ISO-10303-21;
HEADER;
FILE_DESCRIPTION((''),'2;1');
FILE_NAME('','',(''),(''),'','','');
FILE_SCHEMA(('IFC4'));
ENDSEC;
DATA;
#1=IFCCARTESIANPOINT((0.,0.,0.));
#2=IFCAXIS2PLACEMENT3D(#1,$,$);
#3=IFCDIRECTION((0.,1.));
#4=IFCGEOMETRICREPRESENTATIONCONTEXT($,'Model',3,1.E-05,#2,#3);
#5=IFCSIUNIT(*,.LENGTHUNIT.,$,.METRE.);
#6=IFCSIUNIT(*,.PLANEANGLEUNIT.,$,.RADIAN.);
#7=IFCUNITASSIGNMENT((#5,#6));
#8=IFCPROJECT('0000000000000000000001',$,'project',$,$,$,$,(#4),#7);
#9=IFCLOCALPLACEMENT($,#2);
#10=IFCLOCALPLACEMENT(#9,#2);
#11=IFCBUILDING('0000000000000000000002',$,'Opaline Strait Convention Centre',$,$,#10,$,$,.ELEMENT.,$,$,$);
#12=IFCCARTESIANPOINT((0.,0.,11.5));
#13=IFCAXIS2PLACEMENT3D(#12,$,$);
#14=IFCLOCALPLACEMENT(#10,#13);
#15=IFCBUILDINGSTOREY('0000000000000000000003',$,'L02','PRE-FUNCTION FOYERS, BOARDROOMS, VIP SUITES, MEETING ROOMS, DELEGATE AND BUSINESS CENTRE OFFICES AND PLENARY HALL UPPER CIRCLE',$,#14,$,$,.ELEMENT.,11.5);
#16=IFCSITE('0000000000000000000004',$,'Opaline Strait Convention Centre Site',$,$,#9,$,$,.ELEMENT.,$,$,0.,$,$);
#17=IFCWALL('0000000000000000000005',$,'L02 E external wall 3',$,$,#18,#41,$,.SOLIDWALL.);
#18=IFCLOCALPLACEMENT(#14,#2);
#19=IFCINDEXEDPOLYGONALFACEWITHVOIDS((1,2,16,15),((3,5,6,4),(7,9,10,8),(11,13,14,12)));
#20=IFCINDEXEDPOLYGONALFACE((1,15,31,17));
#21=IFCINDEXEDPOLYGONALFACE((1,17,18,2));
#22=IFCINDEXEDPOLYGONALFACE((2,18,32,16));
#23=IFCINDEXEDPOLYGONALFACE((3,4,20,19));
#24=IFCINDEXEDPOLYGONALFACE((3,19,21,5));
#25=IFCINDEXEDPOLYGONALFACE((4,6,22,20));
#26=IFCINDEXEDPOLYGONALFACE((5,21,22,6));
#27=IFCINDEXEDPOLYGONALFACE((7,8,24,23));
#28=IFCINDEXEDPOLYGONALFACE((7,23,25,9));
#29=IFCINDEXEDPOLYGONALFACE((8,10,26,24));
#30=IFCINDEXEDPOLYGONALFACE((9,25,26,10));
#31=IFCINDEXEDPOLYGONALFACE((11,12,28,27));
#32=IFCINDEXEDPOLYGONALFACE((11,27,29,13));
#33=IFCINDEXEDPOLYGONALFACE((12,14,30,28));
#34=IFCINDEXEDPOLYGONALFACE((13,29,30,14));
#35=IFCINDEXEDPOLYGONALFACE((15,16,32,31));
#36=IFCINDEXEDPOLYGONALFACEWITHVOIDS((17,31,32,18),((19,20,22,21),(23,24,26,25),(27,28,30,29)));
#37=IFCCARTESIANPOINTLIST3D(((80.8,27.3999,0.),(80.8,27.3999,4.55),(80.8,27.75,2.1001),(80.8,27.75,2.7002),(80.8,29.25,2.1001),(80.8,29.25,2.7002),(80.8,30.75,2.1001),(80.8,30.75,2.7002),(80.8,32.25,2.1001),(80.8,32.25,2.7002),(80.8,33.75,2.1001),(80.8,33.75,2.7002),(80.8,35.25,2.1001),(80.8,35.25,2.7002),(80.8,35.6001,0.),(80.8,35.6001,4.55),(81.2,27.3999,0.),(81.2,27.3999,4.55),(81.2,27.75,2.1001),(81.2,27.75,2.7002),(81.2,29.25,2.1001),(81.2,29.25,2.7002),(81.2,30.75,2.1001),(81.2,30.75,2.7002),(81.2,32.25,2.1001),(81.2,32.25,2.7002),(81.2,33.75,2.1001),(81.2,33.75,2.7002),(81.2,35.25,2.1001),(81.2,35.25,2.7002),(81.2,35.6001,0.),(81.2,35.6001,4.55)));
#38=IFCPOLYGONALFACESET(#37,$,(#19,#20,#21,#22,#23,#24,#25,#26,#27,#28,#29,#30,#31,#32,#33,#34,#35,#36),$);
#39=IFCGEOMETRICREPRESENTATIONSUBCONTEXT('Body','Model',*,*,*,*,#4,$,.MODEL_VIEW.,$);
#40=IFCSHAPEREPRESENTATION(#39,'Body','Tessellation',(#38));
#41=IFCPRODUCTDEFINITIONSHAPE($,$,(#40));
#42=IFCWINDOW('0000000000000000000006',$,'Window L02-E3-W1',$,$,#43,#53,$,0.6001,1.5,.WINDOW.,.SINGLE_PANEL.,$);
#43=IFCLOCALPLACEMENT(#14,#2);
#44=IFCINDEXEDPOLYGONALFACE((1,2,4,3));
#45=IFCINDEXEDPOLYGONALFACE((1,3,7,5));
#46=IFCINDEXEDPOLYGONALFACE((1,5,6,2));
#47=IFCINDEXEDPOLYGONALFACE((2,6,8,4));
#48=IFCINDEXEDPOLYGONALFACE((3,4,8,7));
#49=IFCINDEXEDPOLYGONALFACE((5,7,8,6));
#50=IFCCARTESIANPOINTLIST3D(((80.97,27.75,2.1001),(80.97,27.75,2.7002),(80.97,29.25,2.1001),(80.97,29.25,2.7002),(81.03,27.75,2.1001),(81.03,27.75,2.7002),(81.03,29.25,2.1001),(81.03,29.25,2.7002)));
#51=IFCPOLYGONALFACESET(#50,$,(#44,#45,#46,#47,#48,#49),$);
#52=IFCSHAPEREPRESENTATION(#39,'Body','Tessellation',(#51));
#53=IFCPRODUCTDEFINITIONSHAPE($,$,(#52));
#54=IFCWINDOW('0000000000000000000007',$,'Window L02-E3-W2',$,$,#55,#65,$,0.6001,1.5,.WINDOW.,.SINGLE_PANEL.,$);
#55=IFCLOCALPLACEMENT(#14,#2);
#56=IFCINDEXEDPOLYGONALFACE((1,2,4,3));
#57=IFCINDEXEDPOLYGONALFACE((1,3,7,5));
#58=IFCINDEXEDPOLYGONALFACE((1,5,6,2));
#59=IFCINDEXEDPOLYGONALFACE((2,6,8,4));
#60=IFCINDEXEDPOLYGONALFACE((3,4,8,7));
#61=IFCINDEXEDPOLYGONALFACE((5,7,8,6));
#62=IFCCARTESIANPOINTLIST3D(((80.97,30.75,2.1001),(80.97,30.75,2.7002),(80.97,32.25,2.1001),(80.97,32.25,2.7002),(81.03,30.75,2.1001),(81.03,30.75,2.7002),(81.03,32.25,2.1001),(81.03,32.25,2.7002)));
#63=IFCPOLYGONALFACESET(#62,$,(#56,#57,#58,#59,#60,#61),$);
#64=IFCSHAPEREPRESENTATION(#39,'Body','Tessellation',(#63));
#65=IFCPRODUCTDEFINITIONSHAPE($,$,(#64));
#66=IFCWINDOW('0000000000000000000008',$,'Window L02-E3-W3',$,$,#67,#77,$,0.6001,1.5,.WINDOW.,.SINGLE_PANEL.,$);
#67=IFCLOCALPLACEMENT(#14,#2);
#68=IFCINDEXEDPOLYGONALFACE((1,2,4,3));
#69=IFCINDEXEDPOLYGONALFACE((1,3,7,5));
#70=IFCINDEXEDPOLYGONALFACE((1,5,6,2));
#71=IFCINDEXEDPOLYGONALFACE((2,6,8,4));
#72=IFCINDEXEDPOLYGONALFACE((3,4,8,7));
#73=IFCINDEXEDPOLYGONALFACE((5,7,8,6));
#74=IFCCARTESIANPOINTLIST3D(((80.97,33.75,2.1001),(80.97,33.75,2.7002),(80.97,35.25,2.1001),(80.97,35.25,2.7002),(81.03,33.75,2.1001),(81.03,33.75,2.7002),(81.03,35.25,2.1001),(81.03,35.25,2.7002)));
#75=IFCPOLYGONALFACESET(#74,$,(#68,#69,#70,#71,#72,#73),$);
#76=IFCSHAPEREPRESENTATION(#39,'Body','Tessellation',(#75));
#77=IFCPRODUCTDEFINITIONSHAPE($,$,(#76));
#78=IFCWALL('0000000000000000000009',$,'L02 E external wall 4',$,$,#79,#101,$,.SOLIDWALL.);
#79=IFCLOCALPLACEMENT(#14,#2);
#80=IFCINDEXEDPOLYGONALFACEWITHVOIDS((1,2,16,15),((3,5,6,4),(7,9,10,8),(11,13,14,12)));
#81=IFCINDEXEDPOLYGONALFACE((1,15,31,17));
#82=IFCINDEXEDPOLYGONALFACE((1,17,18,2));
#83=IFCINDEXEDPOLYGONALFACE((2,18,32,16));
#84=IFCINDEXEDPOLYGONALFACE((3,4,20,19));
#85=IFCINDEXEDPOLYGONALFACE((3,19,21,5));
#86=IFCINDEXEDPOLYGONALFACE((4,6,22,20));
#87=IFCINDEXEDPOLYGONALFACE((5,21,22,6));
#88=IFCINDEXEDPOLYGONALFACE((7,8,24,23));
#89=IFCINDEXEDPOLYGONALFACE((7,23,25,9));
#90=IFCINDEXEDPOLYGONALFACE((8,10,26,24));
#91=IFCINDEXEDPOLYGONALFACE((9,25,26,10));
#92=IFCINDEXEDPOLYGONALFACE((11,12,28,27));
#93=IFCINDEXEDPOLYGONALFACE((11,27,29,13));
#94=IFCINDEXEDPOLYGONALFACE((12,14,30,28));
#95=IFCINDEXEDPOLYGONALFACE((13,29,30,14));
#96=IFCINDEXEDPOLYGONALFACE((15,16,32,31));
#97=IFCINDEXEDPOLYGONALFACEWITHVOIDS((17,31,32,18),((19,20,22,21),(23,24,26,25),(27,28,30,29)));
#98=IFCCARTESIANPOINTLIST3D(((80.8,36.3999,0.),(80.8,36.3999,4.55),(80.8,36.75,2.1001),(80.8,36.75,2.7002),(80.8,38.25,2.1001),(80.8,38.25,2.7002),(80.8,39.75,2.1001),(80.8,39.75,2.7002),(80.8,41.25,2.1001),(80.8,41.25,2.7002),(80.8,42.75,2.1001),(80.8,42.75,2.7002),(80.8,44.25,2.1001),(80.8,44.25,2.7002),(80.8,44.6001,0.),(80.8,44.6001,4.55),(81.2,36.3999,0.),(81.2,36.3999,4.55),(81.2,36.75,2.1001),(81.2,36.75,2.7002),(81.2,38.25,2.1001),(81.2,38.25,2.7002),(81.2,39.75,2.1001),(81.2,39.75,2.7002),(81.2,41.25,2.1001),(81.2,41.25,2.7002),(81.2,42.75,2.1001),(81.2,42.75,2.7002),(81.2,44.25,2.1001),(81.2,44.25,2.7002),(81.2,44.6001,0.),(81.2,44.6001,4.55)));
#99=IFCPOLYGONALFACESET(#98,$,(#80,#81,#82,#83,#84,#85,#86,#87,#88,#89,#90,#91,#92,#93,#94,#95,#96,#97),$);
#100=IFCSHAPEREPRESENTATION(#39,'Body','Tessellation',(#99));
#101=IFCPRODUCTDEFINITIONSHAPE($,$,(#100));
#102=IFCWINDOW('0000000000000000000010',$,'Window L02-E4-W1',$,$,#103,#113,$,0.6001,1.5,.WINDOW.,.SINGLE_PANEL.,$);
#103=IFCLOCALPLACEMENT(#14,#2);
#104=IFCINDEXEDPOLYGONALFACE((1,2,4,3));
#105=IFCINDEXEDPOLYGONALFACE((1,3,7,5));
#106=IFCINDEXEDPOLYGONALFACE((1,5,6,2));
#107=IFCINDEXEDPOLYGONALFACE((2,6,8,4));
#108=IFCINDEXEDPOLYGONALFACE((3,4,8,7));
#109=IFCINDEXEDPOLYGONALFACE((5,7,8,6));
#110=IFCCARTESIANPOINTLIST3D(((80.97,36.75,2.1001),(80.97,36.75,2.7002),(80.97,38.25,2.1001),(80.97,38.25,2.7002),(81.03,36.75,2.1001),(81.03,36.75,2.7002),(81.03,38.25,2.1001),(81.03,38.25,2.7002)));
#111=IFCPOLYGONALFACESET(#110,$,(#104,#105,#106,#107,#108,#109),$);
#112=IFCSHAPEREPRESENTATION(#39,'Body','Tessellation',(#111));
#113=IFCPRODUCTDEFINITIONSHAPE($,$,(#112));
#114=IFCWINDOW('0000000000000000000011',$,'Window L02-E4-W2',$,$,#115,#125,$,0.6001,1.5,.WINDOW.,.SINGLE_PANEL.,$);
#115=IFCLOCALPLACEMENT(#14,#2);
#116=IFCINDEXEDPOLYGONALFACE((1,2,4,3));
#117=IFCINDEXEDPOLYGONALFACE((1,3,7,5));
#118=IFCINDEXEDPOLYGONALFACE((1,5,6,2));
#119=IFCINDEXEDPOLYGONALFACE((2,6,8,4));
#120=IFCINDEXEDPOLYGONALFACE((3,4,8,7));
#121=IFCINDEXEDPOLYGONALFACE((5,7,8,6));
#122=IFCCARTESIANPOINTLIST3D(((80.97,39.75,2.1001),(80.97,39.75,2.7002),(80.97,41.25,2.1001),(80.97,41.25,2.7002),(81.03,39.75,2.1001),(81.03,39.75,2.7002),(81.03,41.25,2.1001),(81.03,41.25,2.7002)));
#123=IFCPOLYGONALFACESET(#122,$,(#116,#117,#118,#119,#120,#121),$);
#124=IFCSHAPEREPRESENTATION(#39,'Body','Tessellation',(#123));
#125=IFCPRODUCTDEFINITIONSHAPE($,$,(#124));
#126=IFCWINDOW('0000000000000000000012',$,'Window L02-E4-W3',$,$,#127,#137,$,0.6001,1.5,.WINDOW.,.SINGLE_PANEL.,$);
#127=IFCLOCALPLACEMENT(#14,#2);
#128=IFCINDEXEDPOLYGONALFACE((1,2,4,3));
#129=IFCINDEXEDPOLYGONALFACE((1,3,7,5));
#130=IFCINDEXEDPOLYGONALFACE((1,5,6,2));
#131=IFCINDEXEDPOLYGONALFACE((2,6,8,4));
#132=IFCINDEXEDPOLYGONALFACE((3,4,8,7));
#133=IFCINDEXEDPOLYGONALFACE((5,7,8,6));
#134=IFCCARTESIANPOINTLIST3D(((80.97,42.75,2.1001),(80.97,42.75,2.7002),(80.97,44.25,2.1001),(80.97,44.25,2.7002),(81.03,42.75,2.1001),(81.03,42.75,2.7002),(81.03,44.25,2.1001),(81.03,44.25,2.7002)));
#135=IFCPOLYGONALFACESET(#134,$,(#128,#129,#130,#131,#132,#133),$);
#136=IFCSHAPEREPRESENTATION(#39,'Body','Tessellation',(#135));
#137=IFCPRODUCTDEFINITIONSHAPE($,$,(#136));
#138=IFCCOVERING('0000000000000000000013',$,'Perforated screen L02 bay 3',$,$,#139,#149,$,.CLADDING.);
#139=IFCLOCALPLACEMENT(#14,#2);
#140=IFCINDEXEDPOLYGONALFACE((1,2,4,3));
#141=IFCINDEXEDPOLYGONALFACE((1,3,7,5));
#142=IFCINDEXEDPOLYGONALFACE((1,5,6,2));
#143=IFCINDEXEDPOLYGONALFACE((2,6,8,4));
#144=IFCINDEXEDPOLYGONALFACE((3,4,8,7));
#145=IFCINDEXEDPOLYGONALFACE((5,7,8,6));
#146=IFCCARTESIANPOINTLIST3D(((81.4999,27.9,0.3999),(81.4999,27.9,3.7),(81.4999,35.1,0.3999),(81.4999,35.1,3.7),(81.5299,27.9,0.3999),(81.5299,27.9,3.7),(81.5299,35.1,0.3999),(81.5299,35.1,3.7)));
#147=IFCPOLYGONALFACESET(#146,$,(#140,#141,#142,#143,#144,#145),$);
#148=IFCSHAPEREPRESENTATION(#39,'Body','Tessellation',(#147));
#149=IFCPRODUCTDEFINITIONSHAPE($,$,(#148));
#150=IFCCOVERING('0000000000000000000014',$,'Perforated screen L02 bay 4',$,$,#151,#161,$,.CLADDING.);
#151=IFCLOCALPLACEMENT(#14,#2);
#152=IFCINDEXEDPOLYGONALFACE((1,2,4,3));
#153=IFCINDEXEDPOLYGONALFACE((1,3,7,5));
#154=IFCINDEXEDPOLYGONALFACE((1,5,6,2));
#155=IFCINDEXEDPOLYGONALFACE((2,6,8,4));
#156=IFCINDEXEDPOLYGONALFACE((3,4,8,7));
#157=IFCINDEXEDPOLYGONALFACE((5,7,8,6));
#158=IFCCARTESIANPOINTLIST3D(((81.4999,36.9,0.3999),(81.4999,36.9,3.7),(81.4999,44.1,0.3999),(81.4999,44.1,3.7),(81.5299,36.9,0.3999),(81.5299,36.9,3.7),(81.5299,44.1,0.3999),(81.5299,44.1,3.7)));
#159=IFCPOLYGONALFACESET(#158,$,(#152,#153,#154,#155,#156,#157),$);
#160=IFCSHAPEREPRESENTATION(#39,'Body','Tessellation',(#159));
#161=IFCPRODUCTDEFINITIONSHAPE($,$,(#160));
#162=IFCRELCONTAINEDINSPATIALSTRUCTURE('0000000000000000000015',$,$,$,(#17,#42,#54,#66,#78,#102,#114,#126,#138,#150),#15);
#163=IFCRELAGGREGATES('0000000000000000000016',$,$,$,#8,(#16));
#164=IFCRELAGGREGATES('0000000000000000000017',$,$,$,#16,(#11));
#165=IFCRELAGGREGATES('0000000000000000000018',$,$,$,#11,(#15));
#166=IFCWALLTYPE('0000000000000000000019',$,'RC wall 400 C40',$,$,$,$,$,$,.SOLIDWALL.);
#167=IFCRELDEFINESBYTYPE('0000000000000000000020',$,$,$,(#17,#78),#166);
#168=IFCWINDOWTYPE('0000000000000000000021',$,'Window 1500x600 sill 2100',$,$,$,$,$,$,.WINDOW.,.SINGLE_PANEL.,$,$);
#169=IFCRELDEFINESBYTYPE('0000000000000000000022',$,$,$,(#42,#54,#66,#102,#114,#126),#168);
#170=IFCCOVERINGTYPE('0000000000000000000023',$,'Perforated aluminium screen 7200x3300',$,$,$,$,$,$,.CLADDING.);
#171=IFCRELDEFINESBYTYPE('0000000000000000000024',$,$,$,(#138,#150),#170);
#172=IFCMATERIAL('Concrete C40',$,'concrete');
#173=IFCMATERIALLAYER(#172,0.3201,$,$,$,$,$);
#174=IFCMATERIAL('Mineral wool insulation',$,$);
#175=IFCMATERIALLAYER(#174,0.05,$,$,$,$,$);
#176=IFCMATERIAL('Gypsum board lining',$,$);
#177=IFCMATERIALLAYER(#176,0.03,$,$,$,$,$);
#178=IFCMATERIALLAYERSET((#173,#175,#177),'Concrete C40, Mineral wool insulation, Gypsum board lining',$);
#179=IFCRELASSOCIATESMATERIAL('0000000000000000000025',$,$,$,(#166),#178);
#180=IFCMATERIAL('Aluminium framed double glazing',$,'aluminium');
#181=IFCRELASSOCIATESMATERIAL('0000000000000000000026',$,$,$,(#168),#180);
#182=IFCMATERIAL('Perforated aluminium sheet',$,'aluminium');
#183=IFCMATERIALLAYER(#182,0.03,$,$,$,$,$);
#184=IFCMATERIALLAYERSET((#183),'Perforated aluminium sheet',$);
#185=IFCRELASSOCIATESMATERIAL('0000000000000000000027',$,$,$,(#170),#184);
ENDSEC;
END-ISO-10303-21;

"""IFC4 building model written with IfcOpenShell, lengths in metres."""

from ifc_helpers import new_model, si_unit, direction, frame, frame_2d, origin, origin_2d, place, context, subcontext, project, spatial, rectangle, extrude, material, layer, layer_set, type_object, element, fill, save


model = new_model("IFC4")

# Units and contexts
model_context = context("Model", 3, precision=1e-05, world=origin(), true_north=direction((0.0, 1.0)))
body_context = subcontext(model_context, "Body", "Model", "MODEL_VIEW")
ifc_project = project(units=[si_unit("LENGTHUNIT", "METRE"), si_unit("PLANEANGLEUNIT", "RADIAN")], contexts=[model_context])

# Site, building, storey
site_placement = place(None, origin())
site = spatial("IfcSite", under=ifc_project, at=site_placement, Name="Opaline Strait Convention Centre Site", CompositionType="ELEMENT", RefElevation=0.0)
building_placement = place(site_placement, origin())
building = spatial("IfcBuilding", under=site, at=building_placement, Name="Opaline Strait Convention Centre", CompositionType="ELEMENT")
storey_placement = place(building_placement, frame((0.0, 0.0, 11.5)))
storey = spatial("IfcBuildingStorey", under=building, at=storey_placement, Name="L02", Description="PRE-FUNCTION FOYERS, BOARDROOMS, VIP SUITES, MEETING ROOMS, DELEGATE AND BUSINESS CENTRE OFFICES AND PLENARY HALL UPPER CIRCLE", CompositionType="ELEMENT", Elevation=11.5)

# Shared definitions
ifc_material_1 = material(Name="Concrete C40", Category="concrete")

# Shared definitions
ifc_layer_1 = layer(ifc_material_1, 0.3201)
ifc_material_2 = material(Name="Mineral wool insulation")
ifc_layer_2 = layer(ifc_material_2, 0.05)
ifc_material_3 = material(Name="Gypsum board lining")
ifc_layer_3 = layer(ifc_material_3, 0.03)
ifc_layer_set_1 = layer_set([ifc_layer_1, ifc_layer_2, ifc_layer_3], Name="Concrete C40, Mineral wool insulation, Gypsum board lining")
wall_type = type_object("IfcWallType", Name="RC wall 400 C40", PredefinedType="SOLIDWALL", material=ifc_layer_set_1)

# Walls, openings, windows
wall_1_placement = place(storey_placement, frame((81.0, 27.3999, 0.0), z_axis=(0.0, 0.0, 1.0), x_axis=(0.0, 1.0, 0.0)))
wall_1 = element("IfcWall", 1, at=wall_1_placement, inside=storey, type_object=wall_type, Name="L02 E external wall 3", PredefinedType="SOLIDWALL", context=body_context, shape_type="SweptSolid", body=[
    extrude(rectangle(XDim=8.2002, YDim=0.3999, at=frame_2d((4.1001, 0.0))), origin(), (0.0, 0.0, 1.0), 4.55),
])
opening_1_placement = place(wall_1_placement, frame((0.3501, 0.0, 2.1001)))
opening_1 = element("IfcOpeningElement", 2, at=opening_1_placement, cuts=wall_1, PredefinedType="OPENING", context=body_context, shape_type="SweptSolid", body=[
    extrude(rectangle(XDim=1.5, YDim=0.6001, at=frame_2d((0.75, 0.3))), frame((0.0, 0.21, 0.0), z_axis=(0.0, -1.0, 0.0), x_axis=(1.0, 0.0, 0.0)), (0.0, 0.0, 1.0), 0.4199),
])
opening_2_placement = place(wall_1_placement, frame((3.3501, 0.0, 2.1001)))
opening_2 = element("IfcOpeningElement", 3, at=opening_2_placement, cuts=wall_1, PredefinedType="OPENING", context=body_context, shape_type="SweptSolid", body=[
    extrude(rectangle(XDim=1.5, YDim=0.6001, at=frame_2d((0.75, 0.3))), frame((0.0, 0.21, 0.0), z_axis=(0.0, -1.0, 0.0), x_axis=(1.0, 0.0, 0.0)), (0.0, 0.0, 1.0), 0.4199),
])
opening_3_placement = place(wall_1_placement, frame((6.3501, 0.0, 2.1001)))
opening_3 = element("IfcOpeningElement", 4, at=opening_3_placement, cuts=wall_1, PredefinedType="OPENING", context=body_context, shape_type="SweptSolid", body=[
    extrude(rectangle(XDim=1.5, YDim=0.6001, at=frame_2d((0.75, 0.3))), frame((0.0, 0.21, 0.0), z_axis=(0.0, -1.0, 0.0), x_axis=(1.0, 0.0, 0.0)), (0.0, 0.0, 1.0), 0.4199),
])
ifc_material_4 = material(Name="Aluminium framed double glazing", Category="aluminium")
window_type = type_object("IfcWindowType", Name="Window 1500x600 sill 2100", PartitioningType="SINGLE_PANEL", PredefinedType="WINDOW", material=ifc_material_4)
window_1_placement = place(opening_1_placement, origin())
window_1 = element("IfcWindow", 5, at=window_1_placement, inside=storey, type_object=window_type, Name="Window L02-E3-W1", OverallHeight=0.6001, OverallWidth=1.5, PartitioningType="SINGLE_PANEL", PredefinedType="WINDOW", context=body_context, shape_type="SweptSolid", body=[
    extrude(rectangle(XDim=1.5, YDim=0.6001, at=frame_2d((0.75, 0.3))), frame((0.0, 0.03, 0.0), z_axis=(0.0, -1.0, 0.0), x_axis=(1.0, 0.0, 0.0)), (0.0, 0.0, 1.0), 0.0601),
])
fill(opening_1, window_1)
window_2_placement = place(opening_2_placement, origin())
window_2 = element("IfcWindow", 6, at=window_2_placement, inside=storey, type_object=window_type, Name="Window L02-E3-W2", OverallHeight=0.6001, OverallWidth=1.5, PartitioningType="SINGLE_PANEL", PredefinedType="WINDOW", context=body_context, shape_type="SweptSolid", body=[
    extrude(rectangle(XDim=1.5, YDim=0.6001, at=frame_2d((0.75, 0.3))), frame((0.0, 0.03, 0.0), z_axis=(0.0, -1.0, 0.0), x_axis=(1.0, 0.0, 0.0)), (0.0, 0.0, 1.0), 0.0601),
])
fill(opening_2, window_2)
window_3_placement = place(opening_3_placement, origin())
window_3 = element("IfcWindow", 7, at=window_3_placement, inside=storey, type_object=window_type, Name="Window L02-E3-W3", OverallHeight=0.6001, OverallWidth=1.5, PartitioningType="SINGLE_PANEL", PredefinedType="WINDOW", context=body_context, shape_type="SweptSolid", body=[
    extrude(rectangle(XDim=1.5, YDim=0.6001, at=frame_2d((0.75, 0.3))), frame((0.0, 0.03, 0.0), z_axis=(0.0, -1.0, 0.0), x_axis=(1.0, 0.0, 0.0)), (0.0, 0.0, 1.0), 0.0601),
])
fill(opening_3, window_3)
wall_2_placement = place(storey_placement, frame((81.0, 36.3999, 0.0), z_axis=(0.0, 0.0, 1.0), x_axis=(0.0, 1.0, 0.0)))
wall_2 = element("IfcWall", 8, at=wall_2_placement, inside=storey, type_object=wall_type, Name="L02 E external wall 4", PredefinedType="SOLIDWALL", context=body_context, shape_type="SweptSolid", body=[
    extrude(rectangle(XDim=8.2002, YDim=0.3999, at=frame_2d((4.1001, 0.0))), origin(), (0.0, 0.0, 1.0), 4.55),
])
opening_4_placement = place(wall_2_placement, frame((0.3501, 0.0, 2.1001)))
opening_4 = element("IfcOpeningElement", 9, at=opening_4_placement, cuts=wall_2, PredefinedType="OPENING", context=body_context, shape_type="SweptSolid", body=[
    extrude(rectangle(XDim=1.5, YDim=0.6001, at=frame_2d((0.75, 0.3))), frame((0.0, 0.21, 0.0), z_axis=(0.0, -1.0, 0.0), x_axis=(1.0, 0.0, 0.0)), (0.0, 0.0, 1.0), 0.4199),
])
opening_5_placement = place(wall_2_placement, frame((3.3501, 0.0, 2.1001)))
opening_5 = element("IfcOpeningElement", 10, at=opening_5_placement, cuts=wall_2, PredefinedType="OPENING", context=body_context, shape_type="SweptSolid", body=[
    extrude(rectangle(XDim=1.5, YDim=0.6001, at=frame_2d((0.75, 0.3))), frame((0.0, 0.21, 0.0), z_axis=(0.0, -1.0, 0.0), x_axis=(1.0, 0.0, 0.0)), (0.0, 0.0, 1.0), 0.4199),
])
opening_6_placement = place(wall_2_placement, frame((6.3501, 0.0, 2.1001)))
opening_6 = element("IfcOpeningElement", 11, at=opening_6_placement, cuts=wall_2, PredefinedType="OPENING", context=body_context, shape_type="SweptSolid", body=[
    extrude(rectangle(XDim=1.5, YDim=0.6001, at=frame_2d((0.75, 0.3))), frame((0.0, 0.21, 0.0), z_axis=(0.0, -1.0, 0.0), x_axis=(1.0, 0.0, 0.0)), (0.0, 0.0, 1.0), 0.4199),
])
window_4_placement = place(opening_4_placement, origin())
window_4 = element("IfcWindow", 12, at=window_4_placement, inside=storey, type_object=window_type, Name="Window L02-E4-W1", OverallHeight=0.6001, OverallWidth=1.5, PartitioningType="SINGLE_PANEL", PredefinedType="WINDOW", context=body_context, shape_type="SweptSolid", body=[
    extrude(rectangle(XDim=1.5, YDim=0.6001, at=frame_2d((0.75, 0.3))), frame((0.0, 0.03, 0.0), z_axis=(0.0, -1.0, 0.0), x_axis=(1.0, 0.0, 0.0)), (0.0, 0.0, 1.0), 0.0601),
])
fill(opening_4, window_4)
window_5_placement = place(opening_5_placement, origin())
window_5 = element("IfcWindow", 13, at=window_5_placement, inside=storey, type_object=window_type, Name="Window L02-E4-W2", OverallHeight=0.6001, OverallWidth=1.5, PartitioningType="SINGLE_PANEL", PredefinedType="WINDOW", context=body_context, shape_type="SweptSolid", body=[
    extrude(rectangle(XDim=1.5, YDim=0.6001, at=frame_2d((0.75, 0.3))), frame((0.0, 0.03, 0.0), z_axis=(0.0, -1.0, 0.0), x_axis=(1.0, 0.0, 0.0)), (0.0, 0.0, 1.0), 0.0601),
])
fill(opening_5, window_5)
window_6_placement = place(opening_6_placement, origin())
window_6 = element("IfcWindow", 14, at=window_6_placement, inside=storey, type_object=window_type, Name="Window L02-E4-W3", OverallHeight=0.6001, OverallWidth=1.5, PartitioningType="SINGLE_PANEL", PredefinedType="WINDOW", context=body_context, shape_type="SweptSolid", body=[
    extrude(rectangle(XDim=1.5, YDim=0.6001, at=frame_2d((0.75, 0.3))), frame((0.0, 0.03, 0.0), z_axis=(0.0, -1.0, 0.0), x_axis=(1.0, 0.0, 0.0)), (0.0, 0.0, 1.0), 0.0601),
])
fill(opening_6, window_6)

# Coverings
ifc_material_5 = material(Name="Perforated aluminium sheet", Category="aluminium")
ifc_layer_4 = layer(ifc_material_5, 0.03)
ifc_layer_set_2 = layer_set([ifc_layer_4], Name="Perforated aluminium sheet")
covering_type = type_object("IfcCoveringType", Name="Perforated aluminium screen 7200x3300", PredefinedType="CLADDING", material=ifc_layer_set_2)
for number, where, z_axis, x_axis, name in (
    (15, (81.5149, 31.5, 0.3999), (0.0, 0.0, 1.0), (1.0, 0.0, 0.0), "Perforated screen L02 bay 3"),
    (16, (81.5149, 40.5, 0.3999), (0.0, 0.0, 1.0), (1.0, 0.0, 0.0), "Perforated screen L02 bay 4"),
):
    element("IfcCovering", number, at=place(storey_placement, frame(where, z_axis=z_axis, x_axis=x_axis)), inside=storey, type_object=covering_type, Name=name, PredefinedType="CLADDING", context=body_context, shape_type="SweptSolid", body=[
        extrude(rectangle(XDim=0.03, YDim=7.2, at=origin_2d()), origin(), (0.0, 0.0, 1.0), 3.3),
    ])

save(model, "model.ifc")
